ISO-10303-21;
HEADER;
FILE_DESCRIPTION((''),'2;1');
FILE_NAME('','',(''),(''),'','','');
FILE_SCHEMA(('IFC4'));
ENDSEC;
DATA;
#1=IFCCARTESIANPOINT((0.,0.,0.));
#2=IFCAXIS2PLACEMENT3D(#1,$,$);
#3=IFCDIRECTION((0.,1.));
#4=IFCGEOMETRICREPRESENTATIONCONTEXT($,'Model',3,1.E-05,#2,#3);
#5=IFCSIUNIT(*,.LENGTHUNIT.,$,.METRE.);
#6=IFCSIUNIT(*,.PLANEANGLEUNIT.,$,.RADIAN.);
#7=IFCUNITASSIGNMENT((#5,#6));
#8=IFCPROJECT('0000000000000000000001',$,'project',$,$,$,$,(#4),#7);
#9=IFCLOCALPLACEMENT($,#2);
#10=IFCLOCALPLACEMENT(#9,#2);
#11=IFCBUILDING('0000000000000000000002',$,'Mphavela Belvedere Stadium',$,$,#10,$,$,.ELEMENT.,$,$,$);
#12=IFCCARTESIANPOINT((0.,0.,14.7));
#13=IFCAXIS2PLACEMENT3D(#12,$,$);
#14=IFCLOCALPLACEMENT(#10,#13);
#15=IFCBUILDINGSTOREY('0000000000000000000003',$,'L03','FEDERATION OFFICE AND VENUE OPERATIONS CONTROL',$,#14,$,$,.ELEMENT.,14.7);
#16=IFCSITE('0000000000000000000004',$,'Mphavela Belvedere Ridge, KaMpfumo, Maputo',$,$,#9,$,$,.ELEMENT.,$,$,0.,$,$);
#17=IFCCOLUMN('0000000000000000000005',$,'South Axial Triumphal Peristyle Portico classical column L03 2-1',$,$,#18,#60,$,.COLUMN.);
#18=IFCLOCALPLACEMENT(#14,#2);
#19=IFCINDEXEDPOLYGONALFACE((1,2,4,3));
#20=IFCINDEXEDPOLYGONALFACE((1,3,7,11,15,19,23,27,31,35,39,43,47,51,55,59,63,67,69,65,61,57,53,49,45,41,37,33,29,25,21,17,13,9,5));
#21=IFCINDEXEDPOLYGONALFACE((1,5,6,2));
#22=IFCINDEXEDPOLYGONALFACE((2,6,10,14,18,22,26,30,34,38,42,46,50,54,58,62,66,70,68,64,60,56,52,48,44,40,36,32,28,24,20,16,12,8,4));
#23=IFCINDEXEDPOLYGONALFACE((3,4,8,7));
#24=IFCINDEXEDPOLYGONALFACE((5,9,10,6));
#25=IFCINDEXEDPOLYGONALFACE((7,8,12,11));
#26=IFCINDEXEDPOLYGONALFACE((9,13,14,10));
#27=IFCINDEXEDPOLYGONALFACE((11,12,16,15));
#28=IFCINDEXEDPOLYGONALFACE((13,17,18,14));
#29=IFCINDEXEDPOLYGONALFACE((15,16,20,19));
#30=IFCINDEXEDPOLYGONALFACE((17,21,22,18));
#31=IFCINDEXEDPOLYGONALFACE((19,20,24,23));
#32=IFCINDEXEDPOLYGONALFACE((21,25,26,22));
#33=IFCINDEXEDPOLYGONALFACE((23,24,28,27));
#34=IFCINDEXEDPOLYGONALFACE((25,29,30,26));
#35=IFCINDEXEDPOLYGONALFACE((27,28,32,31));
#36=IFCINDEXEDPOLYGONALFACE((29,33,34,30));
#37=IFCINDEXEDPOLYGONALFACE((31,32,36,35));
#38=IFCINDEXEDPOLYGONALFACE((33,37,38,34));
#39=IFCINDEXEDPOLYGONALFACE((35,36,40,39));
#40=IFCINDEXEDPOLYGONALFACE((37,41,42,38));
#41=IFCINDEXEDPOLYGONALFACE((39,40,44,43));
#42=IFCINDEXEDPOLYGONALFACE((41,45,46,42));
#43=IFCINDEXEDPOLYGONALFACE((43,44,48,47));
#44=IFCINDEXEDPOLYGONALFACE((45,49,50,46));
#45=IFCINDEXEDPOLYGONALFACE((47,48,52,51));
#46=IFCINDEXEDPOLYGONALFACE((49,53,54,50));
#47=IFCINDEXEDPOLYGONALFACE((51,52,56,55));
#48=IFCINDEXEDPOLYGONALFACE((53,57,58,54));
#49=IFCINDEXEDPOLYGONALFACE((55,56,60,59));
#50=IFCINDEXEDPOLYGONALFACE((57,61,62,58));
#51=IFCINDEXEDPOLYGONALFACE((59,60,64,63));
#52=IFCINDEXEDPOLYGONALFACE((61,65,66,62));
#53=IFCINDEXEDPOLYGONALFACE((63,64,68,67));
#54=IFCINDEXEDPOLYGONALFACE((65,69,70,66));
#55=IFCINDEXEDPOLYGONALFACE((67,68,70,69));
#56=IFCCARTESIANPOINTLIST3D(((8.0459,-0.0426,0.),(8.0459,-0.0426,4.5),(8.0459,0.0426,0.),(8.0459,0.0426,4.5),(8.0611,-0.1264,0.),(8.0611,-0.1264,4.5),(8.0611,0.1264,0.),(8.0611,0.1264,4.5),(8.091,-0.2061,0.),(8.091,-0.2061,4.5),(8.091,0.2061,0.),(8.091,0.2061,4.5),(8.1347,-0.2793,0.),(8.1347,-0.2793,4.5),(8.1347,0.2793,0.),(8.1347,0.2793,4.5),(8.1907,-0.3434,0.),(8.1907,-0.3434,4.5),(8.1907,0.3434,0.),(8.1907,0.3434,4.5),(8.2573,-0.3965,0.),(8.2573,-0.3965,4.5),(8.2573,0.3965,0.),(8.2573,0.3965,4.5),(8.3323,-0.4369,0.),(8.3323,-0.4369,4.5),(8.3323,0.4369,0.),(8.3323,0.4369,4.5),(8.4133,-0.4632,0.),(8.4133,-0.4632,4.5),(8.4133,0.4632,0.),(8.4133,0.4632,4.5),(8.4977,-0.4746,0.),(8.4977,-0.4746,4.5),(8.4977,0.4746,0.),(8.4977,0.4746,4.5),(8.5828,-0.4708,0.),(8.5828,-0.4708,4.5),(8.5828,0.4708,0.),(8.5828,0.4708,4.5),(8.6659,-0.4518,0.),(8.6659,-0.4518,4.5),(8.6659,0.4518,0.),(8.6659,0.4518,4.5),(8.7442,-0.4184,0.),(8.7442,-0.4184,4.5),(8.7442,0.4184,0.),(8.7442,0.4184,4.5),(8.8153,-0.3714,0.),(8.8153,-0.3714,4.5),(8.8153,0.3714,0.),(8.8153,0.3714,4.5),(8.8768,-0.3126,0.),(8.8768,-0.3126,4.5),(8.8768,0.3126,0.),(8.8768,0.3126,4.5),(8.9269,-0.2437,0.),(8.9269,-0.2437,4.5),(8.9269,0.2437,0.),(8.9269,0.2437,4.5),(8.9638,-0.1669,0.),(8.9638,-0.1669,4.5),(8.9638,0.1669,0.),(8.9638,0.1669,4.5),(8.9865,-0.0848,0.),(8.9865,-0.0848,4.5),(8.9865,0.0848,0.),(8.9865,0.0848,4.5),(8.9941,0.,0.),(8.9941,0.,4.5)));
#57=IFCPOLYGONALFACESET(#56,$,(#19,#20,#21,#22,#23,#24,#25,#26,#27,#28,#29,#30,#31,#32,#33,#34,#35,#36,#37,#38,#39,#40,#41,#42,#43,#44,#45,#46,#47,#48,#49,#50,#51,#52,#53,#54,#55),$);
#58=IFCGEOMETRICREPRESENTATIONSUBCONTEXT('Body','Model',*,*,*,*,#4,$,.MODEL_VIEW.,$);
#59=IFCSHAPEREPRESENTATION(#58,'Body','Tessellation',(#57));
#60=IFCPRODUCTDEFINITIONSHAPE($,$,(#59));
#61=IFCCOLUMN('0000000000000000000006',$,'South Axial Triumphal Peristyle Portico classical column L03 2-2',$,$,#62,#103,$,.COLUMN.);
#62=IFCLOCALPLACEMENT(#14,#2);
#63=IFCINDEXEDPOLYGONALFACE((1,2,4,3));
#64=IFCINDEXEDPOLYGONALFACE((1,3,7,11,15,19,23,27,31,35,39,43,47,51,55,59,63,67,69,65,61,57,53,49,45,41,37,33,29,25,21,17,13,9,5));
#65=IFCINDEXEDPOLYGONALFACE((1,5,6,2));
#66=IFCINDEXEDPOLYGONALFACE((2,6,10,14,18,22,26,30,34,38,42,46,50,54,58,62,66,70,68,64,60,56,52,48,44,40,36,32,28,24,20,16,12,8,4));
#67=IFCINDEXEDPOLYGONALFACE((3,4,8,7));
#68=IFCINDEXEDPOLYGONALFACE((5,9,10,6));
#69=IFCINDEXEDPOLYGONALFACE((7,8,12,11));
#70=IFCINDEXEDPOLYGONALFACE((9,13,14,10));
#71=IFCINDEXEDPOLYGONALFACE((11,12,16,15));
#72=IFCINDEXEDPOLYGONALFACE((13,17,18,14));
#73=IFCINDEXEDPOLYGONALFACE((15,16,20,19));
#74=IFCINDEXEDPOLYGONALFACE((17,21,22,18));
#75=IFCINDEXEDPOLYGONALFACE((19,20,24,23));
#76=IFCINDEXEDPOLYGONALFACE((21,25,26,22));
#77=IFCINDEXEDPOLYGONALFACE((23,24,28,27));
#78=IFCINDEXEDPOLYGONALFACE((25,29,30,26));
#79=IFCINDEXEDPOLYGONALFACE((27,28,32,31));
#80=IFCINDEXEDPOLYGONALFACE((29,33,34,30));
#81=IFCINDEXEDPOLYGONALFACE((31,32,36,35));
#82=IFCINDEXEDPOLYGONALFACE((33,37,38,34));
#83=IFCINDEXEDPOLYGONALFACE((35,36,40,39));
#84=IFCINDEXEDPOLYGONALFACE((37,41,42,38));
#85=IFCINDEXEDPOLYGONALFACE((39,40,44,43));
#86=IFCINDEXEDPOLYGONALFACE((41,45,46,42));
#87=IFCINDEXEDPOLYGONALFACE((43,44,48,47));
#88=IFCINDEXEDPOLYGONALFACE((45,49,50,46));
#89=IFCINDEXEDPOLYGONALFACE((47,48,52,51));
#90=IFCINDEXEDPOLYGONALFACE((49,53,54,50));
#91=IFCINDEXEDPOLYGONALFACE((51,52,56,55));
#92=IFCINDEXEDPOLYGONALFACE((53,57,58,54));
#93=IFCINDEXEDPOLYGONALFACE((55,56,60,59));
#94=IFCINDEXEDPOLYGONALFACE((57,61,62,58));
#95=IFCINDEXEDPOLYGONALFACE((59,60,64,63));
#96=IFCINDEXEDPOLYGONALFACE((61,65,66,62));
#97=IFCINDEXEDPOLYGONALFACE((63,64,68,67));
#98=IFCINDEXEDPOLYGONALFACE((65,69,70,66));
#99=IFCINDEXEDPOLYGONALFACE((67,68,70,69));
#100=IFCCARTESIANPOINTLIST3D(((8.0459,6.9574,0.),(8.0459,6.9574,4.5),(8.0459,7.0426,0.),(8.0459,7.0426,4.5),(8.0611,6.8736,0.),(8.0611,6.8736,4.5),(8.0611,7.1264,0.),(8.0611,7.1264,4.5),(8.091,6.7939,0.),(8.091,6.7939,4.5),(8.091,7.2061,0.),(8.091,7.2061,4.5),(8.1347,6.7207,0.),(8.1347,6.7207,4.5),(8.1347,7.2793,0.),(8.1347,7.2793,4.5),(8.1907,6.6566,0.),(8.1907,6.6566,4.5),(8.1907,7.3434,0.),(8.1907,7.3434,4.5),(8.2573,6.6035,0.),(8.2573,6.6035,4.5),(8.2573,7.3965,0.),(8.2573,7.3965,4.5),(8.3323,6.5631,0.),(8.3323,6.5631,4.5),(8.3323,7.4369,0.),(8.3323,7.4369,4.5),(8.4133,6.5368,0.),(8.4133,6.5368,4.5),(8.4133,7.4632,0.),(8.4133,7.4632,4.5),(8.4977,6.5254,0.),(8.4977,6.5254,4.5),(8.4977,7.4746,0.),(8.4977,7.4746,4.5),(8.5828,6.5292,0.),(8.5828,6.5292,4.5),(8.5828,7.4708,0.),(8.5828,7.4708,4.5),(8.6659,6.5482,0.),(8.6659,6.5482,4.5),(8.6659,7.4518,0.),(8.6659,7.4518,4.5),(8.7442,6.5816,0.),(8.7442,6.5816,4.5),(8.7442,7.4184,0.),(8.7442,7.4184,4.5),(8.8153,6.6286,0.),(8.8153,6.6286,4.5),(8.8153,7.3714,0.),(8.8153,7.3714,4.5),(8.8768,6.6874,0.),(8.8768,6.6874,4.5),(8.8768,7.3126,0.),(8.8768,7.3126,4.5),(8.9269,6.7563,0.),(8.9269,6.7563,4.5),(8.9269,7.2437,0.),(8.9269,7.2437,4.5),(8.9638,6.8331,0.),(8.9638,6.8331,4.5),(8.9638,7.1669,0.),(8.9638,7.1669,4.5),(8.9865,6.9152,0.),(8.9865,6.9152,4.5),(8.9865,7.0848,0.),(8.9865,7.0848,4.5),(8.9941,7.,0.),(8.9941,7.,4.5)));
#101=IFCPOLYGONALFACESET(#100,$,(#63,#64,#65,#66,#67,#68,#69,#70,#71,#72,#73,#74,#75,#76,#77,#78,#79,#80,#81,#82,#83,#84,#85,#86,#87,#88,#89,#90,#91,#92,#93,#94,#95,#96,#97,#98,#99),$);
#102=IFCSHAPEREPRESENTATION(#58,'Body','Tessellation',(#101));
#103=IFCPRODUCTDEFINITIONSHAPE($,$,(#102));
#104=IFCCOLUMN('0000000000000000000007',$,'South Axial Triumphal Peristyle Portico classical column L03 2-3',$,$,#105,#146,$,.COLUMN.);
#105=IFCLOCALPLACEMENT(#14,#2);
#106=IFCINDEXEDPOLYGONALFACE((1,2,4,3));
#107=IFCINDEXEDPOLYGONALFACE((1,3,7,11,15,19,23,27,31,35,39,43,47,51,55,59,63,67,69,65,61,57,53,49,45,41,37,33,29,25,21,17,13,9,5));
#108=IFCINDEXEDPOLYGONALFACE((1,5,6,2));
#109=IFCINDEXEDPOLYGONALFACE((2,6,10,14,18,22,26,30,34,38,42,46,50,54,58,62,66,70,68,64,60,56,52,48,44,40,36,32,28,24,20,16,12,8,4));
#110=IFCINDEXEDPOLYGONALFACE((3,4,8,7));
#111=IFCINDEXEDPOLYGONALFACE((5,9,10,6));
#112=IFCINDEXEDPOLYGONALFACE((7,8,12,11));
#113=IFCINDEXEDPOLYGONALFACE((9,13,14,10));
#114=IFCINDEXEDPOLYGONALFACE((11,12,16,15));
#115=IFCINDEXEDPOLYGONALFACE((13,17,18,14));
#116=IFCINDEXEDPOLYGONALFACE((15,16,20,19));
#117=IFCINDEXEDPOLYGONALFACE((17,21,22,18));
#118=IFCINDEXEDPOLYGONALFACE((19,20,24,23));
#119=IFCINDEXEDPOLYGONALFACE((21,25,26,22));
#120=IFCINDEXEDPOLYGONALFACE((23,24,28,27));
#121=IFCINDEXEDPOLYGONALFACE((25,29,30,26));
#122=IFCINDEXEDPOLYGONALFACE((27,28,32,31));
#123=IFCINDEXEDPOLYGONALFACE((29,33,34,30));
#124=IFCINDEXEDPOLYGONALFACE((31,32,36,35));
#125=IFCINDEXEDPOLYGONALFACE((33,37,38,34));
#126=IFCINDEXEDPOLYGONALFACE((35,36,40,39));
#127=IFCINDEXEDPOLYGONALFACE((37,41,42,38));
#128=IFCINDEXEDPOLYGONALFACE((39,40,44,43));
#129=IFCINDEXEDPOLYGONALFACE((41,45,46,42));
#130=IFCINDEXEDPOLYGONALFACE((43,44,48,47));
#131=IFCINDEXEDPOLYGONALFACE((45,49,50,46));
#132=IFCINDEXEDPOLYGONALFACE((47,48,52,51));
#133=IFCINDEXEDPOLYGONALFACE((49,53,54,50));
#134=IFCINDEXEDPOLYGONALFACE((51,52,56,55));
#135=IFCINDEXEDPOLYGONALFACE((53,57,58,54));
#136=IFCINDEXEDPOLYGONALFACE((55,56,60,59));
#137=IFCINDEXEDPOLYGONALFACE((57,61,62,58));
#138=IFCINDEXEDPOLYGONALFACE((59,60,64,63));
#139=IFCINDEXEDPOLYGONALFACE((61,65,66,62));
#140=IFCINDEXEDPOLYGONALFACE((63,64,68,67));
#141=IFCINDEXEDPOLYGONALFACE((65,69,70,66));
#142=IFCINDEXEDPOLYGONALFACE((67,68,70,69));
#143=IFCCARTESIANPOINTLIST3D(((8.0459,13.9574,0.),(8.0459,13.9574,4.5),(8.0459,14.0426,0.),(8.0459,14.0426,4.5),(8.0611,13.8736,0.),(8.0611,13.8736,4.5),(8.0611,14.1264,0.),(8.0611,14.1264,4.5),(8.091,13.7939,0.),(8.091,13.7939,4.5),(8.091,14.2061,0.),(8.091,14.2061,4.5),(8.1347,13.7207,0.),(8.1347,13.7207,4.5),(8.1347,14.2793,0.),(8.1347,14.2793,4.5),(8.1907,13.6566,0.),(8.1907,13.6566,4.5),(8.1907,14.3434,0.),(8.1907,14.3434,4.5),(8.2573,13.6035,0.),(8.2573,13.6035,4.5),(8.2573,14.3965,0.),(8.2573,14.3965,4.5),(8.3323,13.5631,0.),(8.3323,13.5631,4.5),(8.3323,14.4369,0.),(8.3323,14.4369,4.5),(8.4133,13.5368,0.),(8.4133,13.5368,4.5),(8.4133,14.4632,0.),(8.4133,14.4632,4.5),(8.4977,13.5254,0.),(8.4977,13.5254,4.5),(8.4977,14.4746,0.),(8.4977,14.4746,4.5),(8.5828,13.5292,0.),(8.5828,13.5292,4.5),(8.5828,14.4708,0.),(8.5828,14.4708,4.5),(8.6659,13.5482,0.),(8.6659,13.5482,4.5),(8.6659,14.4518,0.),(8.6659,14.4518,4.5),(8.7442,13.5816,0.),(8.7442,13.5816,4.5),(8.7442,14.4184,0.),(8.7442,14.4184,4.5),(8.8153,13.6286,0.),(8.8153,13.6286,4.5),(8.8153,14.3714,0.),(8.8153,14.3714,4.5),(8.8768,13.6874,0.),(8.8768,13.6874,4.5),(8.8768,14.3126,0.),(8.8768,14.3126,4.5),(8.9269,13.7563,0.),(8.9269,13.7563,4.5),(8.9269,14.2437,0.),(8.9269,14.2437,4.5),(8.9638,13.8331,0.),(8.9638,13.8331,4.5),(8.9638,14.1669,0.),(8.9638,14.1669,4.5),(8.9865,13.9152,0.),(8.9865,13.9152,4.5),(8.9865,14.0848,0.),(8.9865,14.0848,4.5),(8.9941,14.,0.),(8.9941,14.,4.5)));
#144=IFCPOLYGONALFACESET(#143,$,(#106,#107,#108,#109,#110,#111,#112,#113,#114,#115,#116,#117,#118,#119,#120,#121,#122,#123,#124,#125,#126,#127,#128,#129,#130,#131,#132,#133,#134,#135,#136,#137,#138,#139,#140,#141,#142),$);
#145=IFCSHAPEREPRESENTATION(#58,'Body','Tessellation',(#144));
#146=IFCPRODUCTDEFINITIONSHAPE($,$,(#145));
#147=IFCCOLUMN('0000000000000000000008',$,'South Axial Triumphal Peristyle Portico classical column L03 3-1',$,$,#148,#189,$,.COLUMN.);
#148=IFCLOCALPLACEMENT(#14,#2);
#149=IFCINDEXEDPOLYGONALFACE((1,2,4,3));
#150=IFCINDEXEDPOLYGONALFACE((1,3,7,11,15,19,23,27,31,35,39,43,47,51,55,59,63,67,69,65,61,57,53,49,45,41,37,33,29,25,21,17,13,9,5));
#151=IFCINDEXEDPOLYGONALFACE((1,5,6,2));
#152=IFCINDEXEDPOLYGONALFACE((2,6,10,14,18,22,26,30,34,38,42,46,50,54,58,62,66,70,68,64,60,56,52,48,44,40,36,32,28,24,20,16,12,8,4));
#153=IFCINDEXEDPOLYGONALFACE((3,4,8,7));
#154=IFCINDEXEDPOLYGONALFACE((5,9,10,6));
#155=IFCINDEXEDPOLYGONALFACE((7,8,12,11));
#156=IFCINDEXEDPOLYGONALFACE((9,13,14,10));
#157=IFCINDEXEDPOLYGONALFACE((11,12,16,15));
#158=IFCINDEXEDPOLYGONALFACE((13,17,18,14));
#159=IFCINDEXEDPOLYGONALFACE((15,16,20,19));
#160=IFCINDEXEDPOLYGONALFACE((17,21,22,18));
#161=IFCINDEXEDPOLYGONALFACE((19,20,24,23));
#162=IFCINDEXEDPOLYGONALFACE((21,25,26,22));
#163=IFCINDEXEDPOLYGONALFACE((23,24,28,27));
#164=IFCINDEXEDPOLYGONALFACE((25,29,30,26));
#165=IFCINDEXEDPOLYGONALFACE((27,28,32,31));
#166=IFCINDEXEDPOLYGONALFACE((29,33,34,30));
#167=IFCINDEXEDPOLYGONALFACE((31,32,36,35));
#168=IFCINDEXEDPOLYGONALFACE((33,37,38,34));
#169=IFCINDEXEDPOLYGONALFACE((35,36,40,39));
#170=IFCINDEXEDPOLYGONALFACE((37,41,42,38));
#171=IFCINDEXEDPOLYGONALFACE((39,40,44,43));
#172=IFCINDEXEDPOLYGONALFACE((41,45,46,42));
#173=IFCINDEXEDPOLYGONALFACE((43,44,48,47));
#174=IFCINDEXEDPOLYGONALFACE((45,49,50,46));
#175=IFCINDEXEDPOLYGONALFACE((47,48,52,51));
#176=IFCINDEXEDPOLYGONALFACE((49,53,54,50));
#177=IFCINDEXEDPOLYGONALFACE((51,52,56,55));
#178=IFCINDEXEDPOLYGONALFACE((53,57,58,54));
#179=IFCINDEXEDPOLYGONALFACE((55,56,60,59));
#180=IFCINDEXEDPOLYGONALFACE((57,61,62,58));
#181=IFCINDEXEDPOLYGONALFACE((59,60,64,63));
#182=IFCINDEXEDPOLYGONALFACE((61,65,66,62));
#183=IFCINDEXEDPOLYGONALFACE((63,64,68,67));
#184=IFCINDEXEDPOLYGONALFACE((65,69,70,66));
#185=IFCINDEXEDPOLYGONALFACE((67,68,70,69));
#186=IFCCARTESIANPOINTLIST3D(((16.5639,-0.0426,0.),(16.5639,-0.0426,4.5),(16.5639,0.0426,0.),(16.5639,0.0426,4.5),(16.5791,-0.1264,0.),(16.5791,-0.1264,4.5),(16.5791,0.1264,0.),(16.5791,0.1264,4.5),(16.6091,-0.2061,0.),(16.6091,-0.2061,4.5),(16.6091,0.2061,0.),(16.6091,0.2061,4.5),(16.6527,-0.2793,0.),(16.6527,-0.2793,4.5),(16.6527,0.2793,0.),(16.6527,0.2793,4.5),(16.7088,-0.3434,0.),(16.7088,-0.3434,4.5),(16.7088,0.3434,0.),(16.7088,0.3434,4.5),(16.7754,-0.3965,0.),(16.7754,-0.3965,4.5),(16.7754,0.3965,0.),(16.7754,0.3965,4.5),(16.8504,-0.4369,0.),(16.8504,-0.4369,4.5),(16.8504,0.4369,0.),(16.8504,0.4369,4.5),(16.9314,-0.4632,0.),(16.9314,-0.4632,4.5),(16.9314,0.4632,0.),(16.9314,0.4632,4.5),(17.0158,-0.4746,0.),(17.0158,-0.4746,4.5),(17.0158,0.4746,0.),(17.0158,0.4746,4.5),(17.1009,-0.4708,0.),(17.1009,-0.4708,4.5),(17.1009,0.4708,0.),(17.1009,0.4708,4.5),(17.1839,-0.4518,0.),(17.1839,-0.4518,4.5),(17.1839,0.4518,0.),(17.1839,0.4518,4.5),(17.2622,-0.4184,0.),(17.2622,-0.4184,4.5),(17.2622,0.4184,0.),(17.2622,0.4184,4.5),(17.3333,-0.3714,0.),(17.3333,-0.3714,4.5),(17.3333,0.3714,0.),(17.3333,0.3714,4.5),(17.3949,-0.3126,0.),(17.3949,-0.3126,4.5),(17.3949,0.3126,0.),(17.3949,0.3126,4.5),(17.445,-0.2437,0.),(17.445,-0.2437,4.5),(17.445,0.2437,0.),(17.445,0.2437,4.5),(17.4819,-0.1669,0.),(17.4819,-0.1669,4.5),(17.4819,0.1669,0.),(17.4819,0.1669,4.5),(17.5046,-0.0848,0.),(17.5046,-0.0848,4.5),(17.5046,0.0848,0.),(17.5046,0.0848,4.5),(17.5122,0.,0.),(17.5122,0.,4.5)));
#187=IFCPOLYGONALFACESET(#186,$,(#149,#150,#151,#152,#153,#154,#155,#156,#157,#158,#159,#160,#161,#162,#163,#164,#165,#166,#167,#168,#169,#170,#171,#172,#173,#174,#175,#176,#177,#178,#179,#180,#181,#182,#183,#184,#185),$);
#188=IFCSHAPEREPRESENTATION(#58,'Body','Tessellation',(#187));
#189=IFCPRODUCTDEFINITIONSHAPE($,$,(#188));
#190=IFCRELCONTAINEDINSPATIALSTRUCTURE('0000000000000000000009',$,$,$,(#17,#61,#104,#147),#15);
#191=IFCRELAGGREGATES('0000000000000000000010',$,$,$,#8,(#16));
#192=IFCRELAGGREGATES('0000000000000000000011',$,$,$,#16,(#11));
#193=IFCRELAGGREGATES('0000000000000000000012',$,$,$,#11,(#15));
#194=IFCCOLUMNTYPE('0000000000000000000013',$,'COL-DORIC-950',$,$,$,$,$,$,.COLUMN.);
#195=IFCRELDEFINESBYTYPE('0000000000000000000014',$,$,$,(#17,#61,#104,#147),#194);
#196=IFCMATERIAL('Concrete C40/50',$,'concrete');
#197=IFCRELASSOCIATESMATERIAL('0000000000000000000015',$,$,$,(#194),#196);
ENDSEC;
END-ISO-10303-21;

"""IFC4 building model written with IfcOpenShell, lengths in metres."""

from ifc_helpers import new_model, si_unit, direction, frame, origin, origin_2d, place, context, subcontext, project, spatial, circle, extrude, material, material_profile, profile_set, type_object, element, save


model = new_model("IFC4")

# Units and contexts
model_context = context("Model", 3, precision=1e-05, world=origin(), true_north=direction((0.0, 1.0)))
body_context = subcontext(model_context, "Body", "Model", "MODEL_VIEW")
ifc_project = project(units=[si_unit("LENGTHUNIT", "METRE"), si_unit("PLANEANGLEUNIT", "RADIAN")], contexts=[model_context])

# Site, building, storey
site_placement = place(None, origin())
site = spatial("IfcSite", under=ifc_project, at=site_placement, Name="Mphavela Belvedere Ridge, KaMpfumo, Maputo", CompositionType="ELEMENT", RefElevation=0.0)
building_placement = place(site_placement, origin())
building = spatial("IfcBuilding", under=site, at=building_placement, Name="Mphavela Belvedere Stadium", CompositionType="ELEMENT")
storey_placement = place(building_placement, frame((0.0, 0.0, 14.7)))
storey = spatial("IfcBuildingStorey", under=building, at=storey_placement, Name="L03", Description="FEDERATION OFFICE AND VENUE OPERATIONS CONTROL", CompositionType="ELEMENT", Elevation=14.7)

# Columns
ifc_material_1 = material(Name="Concrete C40/50", Category="concrete")
ifc_material_profile_1 = material_profile(ifc_material_1, circle(Radius=0.4751, at=origin_2d()), Name="COL D950")
ifc_profile_set_1 = profile_set([ifc_material_profile_1], Name="Concrete C40/50")
column_type = type_object("IfcColumnType", Name="COL-DORIC-950", PredefinedType="COLUMN", material=ifc_profile_set_1)
for number, where, z_axis, x_axis, name in (
    (1, (8.519, 0.0, 0.0), (0.0, 0.0, 1.0), (1.0, 0.0, 0.0), "South Axial Triumphal Peristyle Portico classical column L03 2-1"),
    (2, (8.519, 7.0, 0.0), (0.0, 0.0, 1.0), (1.0, 0.0, 0.0), "South Axial Triumphal Peristyle Portico classical column L03 2-2"),
    (3, (8.519, 14.0, 0.0), (0.0, 0.0, 1.0), (1.0, 0.0, 0.0), "South Axial Triumphal Peristyle Portico classical column L03 2-3"),
    (4, (17.0371, 0.0, 0.0), (0.0, 0.0, 1.0), (1.0, 0.0, 0.0), "South Axial Triumphal Peristyle Portico classical column L03 3-1"),
):
    element("IfcColumn", number, at=place(storey_placement, frame(where, z_axis=z_axis, x_axis=x_axis)), inside=storey, type_object=column_type, Name=name, PredefinedType="COLUMN", context=body_context, shape_type="SweptSolid", body=[
        extrude(circle(Radius=0.4751, at=origin_2d()), origin(), (0.0, 0.0, 1.0), 4.5),
    ])

save(model, "model.ifc")
